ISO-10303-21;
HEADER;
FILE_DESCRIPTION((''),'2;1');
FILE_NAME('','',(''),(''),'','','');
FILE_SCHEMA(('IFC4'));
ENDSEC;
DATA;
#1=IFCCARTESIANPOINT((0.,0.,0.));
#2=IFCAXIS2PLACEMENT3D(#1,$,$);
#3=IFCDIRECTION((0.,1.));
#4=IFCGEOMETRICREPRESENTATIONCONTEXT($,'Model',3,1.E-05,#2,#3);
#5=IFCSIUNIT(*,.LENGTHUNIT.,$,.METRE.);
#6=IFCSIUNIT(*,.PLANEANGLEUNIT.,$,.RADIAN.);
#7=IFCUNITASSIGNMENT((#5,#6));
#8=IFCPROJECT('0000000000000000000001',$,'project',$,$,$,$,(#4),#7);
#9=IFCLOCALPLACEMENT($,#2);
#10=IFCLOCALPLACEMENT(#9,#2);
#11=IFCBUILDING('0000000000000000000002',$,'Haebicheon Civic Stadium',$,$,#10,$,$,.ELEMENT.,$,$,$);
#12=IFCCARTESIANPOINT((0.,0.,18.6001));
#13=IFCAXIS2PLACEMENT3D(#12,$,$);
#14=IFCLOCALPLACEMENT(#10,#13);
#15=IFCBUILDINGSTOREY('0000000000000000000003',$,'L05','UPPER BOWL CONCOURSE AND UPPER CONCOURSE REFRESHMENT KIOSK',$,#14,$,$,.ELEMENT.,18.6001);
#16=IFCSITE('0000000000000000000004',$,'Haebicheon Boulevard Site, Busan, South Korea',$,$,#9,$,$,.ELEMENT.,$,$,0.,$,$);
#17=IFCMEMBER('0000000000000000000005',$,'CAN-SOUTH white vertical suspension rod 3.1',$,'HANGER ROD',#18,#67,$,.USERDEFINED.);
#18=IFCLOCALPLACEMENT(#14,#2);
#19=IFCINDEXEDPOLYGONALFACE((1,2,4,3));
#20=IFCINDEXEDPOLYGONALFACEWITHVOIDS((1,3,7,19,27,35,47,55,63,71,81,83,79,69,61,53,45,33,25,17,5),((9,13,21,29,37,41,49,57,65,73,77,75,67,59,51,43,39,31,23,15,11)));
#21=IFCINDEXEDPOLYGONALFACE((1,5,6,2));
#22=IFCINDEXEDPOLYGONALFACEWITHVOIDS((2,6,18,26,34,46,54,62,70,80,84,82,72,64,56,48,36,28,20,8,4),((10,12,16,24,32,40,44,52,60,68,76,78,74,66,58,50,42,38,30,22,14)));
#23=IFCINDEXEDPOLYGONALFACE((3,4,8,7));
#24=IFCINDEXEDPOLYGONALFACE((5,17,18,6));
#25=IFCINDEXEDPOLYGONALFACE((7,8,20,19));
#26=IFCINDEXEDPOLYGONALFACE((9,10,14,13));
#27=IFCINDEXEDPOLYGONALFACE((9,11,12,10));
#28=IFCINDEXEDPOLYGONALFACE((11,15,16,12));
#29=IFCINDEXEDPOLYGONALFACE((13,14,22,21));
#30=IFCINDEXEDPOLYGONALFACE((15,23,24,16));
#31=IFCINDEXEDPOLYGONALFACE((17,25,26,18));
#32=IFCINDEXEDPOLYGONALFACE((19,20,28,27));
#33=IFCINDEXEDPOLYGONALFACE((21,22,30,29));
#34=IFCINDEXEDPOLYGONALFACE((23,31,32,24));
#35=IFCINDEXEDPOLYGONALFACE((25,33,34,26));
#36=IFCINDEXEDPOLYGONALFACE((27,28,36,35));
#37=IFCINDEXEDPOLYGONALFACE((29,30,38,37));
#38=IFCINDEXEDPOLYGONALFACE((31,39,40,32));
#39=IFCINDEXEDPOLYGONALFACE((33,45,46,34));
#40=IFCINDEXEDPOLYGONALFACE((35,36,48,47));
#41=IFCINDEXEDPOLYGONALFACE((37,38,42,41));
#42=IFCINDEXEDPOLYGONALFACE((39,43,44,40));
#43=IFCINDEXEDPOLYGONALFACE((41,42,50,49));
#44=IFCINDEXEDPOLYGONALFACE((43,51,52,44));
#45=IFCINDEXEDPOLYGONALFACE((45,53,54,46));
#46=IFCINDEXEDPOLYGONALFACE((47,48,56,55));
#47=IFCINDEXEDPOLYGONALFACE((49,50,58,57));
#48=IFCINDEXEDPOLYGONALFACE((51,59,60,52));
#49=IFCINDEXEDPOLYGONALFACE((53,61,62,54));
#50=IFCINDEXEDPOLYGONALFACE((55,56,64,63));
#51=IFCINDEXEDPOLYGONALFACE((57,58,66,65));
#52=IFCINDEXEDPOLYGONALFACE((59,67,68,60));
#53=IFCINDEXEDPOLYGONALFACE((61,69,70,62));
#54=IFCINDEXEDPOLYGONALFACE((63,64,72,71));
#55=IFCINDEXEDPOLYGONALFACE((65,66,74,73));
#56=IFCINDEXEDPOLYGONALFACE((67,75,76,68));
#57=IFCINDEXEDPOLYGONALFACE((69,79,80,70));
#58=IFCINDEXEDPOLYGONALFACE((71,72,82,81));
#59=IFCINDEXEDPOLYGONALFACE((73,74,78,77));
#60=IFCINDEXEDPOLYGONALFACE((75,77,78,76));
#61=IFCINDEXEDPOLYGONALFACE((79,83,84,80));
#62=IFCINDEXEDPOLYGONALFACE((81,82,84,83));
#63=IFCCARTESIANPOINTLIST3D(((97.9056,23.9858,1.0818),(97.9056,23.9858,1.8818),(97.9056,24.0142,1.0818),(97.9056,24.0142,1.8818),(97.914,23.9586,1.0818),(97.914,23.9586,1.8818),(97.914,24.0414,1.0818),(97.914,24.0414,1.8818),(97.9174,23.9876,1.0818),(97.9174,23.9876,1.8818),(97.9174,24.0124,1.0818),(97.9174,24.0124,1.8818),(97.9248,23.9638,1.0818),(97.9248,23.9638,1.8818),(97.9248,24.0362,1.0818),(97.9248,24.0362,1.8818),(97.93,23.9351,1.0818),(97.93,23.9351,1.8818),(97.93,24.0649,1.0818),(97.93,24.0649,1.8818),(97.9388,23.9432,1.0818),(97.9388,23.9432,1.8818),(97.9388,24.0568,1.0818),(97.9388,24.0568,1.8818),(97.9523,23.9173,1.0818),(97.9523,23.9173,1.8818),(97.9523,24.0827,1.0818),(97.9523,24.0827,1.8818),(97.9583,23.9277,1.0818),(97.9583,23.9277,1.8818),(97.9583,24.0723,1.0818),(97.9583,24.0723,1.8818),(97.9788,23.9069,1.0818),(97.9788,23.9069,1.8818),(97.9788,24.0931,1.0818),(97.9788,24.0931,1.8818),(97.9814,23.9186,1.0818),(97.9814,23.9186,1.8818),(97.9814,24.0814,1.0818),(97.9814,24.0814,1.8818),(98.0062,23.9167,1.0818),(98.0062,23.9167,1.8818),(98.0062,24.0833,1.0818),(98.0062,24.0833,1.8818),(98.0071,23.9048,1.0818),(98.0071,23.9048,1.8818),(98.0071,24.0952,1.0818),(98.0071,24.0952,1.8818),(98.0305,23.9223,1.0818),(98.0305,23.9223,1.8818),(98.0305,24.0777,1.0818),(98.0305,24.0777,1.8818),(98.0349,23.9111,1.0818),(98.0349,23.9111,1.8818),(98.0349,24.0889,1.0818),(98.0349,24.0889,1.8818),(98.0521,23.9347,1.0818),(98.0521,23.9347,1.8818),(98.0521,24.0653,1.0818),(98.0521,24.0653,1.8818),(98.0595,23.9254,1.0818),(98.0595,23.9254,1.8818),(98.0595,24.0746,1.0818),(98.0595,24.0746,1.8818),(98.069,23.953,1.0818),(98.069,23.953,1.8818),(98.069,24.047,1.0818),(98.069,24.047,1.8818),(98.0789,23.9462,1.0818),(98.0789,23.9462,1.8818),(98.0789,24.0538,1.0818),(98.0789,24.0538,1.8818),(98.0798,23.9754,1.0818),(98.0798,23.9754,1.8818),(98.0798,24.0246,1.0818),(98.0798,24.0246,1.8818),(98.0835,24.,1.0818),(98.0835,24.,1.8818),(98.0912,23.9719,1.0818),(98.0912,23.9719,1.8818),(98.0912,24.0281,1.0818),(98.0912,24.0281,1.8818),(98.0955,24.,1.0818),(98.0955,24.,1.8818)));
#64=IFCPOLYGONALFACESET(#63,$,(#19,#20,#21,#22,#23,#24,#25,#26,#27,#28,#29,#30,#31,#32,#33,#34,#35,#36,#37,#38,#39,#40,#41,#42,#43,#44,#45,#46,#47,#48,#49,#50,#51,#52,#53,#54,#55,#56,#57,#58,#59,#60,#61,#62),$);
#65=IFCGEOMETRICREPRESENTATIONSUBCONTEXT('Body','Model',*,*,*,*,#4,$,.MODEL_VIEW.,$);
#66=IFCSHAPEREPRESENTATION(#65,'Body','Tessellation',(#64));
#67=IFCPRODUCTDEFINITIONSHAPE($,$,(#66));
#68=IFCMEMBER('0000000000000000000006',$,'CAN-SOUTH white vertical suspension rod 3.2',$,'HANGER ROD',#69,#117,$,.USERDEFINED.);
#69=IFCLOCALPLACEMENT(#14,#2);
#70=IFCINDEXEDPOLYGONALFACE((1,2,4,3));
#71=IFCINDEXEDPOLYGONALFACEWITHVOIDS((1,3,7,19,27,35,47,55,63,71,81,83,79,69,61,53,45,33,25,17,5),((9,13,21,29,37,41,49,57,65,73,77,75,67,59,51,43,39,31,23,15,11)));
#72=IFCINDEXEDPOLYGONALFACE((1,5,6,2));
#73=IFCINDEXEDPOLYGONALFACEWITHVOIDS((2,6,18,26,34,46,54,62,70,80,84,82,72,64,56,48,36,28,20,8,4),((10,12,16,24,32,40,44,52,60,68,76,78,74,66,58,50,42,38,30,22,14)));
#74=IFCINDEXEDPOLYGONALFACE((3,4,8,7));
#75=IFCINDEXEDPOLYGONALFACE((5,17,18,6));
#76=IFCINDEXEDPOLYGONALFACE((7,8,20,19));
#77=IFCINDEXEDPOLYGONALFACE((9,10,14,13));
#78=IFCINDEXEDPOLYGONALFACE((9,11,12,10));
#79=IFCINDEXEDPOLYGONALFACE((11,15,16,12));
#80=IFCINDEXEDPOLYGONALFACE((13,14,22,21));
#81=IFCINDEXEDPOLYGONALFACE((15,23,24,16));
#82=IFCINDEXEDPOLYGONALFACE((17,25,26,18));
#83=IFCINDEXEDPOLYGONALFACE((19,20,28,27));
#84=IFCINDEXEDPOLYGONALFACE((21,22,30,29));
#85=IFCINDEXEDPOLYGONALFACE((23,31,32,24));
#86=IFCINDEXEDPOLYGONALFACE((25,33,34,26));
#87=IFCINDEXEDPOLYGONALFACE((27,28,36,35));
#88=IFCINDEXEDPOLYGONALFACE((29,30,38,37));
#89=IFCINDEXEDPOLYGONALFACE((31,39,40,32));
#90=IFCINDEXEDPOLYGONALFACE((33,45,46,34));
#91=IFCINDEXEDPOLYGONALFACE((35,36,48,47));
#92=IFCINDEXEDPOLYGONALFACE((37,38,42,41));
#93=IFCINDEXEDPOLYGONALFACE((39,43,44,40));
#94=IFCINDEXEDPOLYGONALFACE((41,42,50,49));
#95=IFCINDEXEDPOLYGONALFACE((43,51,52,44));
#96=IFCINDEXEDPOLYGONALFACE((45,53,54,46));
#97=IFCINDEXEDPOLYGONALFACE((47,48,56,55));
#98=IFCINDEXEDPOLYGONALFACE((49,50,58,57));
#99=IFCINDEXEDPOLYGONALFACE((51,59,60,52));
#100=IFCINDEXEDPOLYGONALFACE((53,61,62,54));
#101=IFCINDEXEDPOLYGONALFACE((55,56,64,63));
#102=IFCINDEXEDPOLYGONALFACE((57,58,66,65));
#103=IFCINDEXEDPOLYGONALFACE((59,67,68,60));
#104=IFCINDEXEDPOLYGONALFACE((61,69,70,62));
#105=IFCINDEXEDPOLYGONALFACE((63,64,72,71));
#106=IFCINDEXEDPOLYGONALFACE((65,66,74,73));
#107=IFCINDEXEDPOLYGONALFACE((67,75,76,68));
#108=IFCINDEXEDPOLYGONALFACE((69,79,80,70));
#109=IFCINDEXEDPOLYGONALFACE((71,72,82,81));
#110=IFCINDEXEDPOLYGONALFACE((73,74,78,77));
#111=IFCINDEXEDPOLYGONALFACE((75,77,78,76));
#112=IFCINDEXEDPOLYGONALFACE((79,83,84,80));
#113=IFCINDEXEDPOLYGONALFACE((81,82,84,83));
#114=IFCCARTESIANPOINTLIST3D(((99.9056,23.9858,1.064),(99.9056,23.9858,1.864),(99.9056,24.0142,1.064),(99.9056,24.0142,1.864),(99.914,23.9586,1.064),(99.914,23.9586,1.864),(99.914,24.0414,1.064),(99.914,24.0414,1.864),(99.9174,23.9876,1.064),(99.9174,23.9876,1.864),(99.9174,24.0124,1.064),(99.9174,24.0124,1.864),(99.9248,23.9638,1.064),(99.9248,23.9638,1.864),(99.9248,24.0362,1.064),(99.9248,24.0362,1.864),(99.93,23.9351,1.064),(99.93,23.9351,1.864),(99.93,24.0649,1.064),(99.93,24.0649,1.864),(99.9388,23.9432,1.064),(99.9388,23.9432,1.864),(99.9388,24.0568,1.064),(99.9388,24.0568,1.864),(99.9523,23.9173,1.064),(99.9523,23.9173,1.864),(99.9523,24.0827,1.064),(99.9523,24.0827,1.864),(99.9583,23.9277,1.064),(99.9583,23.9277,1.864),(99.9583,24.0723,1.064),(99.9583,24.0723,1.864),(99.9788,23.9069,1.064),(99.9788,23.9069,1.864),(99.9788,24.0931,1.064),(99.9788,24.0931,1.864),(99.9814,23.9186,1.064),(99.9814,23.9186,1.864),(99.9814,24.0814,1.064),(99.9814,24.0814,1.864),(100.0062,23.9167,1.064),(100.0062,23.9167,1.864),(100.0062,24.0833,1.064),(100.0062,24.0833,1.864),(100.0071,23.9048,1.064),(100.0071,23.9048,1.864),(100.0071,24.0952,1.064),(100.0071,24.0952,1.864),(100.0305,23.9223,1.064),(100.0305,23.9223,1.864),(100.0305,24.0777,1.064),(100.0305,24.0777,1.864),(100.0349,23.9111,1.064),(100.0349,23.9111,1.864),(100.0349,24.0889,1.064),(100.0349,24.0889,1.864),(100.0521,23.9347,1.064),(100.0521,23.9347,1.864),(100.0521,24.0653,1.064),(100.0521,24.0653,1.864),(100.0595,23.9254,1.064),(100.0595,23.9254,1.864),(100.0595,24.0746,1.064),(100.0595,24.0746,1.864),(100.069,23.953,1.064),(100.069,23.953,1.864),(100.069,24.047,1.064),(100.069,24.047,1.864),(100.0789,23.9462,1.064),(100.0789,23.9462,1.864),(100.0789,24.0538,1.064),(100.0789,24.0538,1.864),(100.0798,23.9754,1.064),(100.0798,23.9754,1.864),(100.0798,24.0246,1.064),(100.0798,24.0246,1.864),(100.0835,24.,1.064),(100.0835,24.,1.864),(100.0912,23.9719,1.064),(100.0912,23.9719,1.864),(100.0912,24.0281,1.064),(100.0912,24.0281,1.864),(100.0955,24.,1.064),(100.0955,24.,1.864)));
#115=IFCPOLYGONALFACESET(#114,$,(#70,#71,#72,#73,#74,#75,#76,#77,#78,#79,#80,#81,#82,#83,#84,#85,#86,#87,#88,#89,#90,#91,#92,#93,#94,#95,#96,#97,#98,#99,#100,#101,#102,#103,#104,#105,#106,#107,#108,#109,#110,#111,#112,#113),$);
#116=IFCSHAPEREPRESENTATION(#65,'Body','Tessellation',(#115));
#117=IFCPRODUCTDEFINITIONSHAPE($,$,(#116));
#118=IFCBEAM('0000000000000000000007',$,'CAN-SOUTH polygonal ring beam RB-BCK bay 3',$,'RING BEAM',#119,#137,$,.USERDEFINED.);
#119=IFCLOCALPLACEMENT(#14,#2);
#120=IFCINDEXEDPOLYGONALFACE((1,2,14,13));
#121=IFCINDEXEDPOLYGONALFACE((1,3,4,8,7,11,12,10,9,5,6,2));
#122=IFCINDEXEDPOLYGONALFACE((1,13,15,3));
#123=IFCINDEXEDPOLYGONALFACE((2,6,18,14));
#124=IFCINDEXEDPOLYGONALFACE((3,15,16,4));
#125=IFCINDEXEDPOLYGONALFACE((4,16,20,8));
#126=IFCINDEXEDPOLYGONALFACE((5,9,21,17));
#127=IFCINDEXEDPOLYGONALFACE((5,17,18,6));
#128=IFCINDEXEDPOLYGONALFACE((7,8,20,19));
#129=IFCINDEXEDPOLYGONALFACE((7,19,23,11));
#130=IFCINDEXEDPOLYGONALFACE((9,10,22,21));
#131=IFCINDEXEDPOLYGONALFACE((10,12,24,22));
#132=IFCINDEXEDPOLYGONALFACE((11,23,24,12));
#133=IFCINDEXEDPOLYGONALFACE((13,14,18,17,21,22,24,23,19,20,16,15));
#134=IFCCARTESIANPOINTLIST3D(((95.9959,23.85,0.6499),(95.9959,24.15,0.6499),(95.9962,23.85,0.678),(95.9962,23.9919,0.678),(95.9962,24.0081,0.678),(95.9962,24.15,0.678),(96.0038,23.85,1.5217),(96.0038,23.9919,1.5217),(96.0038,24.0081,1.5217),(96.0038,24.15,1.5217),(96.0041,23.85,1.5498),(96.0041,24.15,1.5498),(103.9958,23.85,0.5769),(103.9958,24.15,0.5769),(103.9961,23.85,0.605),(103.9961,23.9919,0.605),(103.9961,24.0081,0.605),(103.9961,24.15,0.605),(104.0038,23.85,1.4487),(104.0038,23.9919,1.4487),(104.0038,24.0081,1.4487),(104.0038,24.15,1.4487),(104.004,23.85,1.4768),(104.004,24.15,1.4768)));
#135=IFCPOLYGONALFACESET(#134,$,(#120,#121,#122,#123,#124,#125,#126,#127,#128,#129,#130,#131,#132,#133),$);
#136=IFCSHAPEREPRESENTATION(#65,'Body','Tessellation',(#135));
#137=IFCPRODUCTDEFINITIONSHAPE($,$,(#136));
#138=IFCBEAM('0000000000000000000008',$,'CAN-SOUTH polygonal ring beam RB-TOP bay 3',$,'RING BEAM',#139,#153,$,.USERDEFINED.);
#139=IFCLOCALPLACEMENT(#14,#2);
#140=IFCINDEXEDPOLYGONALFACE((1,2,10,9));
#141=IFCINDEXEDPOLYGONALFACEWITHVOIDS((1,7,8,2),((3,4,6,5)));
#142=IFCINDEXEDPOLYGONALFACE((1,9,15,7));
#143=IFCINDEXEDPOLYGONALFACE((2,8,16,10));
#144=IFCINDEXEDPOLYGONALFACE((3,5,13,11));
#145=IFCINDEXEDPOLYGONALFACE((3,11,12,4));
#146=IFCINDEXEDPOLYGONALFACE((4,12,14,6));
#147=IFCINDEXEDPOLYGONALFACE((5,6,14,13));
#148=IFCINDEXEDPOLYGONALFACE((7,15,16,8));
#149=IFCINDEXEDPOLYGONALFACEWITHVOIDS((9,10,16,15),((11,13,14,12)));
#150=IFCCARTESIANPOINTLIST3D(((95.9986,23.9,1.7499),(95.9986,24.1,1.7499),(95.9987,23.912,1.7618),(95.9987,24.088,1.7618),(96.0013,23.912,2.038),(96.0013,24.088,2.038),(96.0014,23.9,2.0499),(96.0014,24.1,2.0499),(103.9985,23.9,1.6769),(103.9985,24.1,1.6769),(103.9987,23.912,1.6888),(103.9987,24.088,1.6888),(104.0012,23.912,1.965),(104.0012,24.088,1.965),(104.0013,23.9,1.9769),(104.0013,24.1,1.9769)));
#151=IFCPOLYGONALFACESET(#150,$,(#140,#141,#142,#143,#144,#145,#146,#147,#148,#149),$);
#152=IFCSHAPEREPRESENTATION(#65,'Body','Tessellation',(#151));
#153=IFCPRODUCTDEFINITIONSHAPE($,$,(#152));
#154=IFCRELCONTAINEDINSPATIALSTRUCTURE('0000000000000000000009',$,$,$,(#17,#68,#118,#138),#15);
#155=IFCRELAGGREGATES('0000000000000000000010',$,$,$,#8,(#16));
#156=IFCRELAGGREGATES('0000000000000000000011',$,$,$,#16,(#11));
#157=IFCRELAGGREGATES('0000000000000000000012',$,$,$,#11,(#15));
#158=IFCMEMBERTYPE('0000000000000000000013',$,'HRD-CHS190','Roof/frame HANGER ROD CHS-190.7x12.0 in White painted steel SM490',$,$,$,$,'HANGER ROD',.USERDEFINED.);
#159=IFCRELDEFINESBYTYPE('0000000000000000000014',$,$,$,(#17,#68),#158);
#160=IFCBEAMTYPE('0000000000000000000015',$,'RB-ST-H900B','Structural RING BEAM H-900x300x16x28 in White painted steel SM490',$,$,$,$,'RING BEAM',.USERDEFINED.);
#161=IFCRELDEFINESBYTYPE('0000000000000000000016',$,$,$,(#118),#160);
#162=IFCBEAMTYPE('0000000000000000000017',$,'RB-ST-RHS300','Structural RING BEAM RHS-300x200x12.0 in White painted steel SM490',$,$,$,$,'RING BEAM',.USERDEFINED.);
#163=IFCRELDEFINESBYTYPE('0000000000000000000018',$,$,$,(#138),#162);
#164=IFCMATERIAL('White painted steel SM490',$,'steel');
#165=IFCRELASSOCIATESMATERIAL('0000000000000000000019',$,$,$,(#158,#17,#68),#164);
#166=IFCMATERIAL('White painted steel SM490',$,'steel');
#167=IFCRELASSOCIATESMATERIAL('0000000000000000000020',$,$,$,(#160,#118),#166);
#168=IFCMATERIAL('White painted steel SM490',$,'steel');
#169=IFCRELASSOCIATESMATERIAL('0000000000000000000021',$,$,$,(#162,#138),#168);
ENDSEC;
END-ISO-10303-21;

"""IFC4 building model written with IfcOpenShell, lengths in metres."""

from ifc_helpers import new_model, si_unit, direction, frame, origin, origin_2d, place, context, subcontext, project, spatial, hollow_rectangle, hollow_circle, i_section, extrude, material, material_profile, profile_set, type_object, element, save


model = new_model("IFC4")

# Units and contexts
model_context = context("Model", 3, precision=1e-05, world=origin(), true_north=direction((0.0, 1.0)))
body_context = subcontext(model_context, "Body", "Model", "MODEL_VIEW")
ifc_project = project(units=[si_unit("LENGTHUNIT", "METRE"), si_unit("PLANEANGLEUNIT", "RADIAN")], contexts=[model_context])

# Site, building, storey
site_placement = place(None, origin())
site = spatial("IfcSite", under=ifc_project, at=site_placement, Name="Haebicheon Boulevard Site, Busan, South Korea", CompositionType="ELEMENT", RefElevation=0.0)
building_placement = place(site_placement, origin())
building = spatial("IfcBuilding", under=site, at=building_placement, Name="Haebicheon Civic Stadium", CompositionType="ELEMENT")
storey_placement = place(building_placement, frame((0.0, 0.0, 18.6001)))
storey = spatial("IfcBuildingStorey", under=building, at=storey_placement, Name="L05", Description="UPPER BOWL CONCOURSE AND UPPER CONCOURSE REFRESHMENT KIOSK", CompositionType="ELEMENT", Elevation=18.6001)

# Members
ifc_material_1 = material(Name="White painted steel SM490", Category="steel")
ifc_material_profile_1 = material_profile(ifc_material_1, hollow_circle(Radius=0.0955, WallThickness=0.012, at=origin_2d()), Name="CHS-190.7x12.0")
ifc_profile_set_1 = profile_set([ifc_material_profile_1], Name="White painted steel SM490")
member_type_1 = type_object("IfcMemberType", Name="HRD-CHS190", Description="Roof/frame HANGER ROD CHS-190.7x12.0 in White painted steel SM490", ElementType="HANGER ROD", PredefinedType="USERDEFINED", material=ifc_profile_set_1)
for number, where, z_axis, x_axis, name in (
    (1, (98.0, 24.0, 1.0818), (0.0, 0.0, 1.0), (1.0, 0.0, 0.0), "CAN-SOUTH white vertical suspension rod 3.1"),
    (2, (100.0, 24.0, 1.064), (0.0, 0.0, 1.0), (1.0, 0.0, 0.0), "CAN-SOUTH white vertical suspension rod 3.2"),
):
    element("IfcMember", number, at=place(storey_placement, frame(where, z_axis=z_axis, x_axis=x_axis)), inside=storey, type_object=member_type_1, material=ifc_profile_set_1, Name=name, ObjectType="HANGER ROD", PredefinedType="USERDEFINED", context=body_context, shape_type="SweptSolid", body=[
        extrude(hollow_circle(Radius=0.0955, WallThickness=0.012, at=origin_2d()), origin(), (0.0, 0.0, 1.0), 0.8),
    ])

# Beams
ifc_material_2 = material(Name="White painted steel SM490", Category="steel")
ifc_material_profile_2 = material_profile(ifc_material_2, i_section(OverallWidth=0.3, OverallDepth=0.8999, WebThickness=0.0161, FlangeThickness=0.0281, at=origin_2d()), Name="H-900x300x16x28")
ifc_profile_set_2 = profile_set([ifc_material_profile_2], Name="White painted steel SM490")
beam_type_1 = type_object("IfcBeamType", Name="RB-ST-H900B", Description="Structural RING BEAM H-900x300x16x28 in White painted steel SM490", ElementType="RING BEAM", PredefinedType="USERDEFINED", material=ifc_profile_set_2)
beam_1_placement = place(storey_placement, frame((96.0, 24.0, 1.0999), z_axis=(0.999958, 0.0, -0.009124), x_axis=(0.0, 1.0, 0.0)))
element("IfcBeam", 3, at=beam_1_placement, inside=storey, type_object=beam_type_1, material=ifc_profile_set_2, Name="CAN-SOUTH polygonal ring beam RB-BCK bay 3", ObjectType="RING BEAM", PredefinedType="USERDEFINED", context=body_context, shape_type="SweptSolid", body=[
    extrude(i_section(OverallWidth=0.3, OverallDepth=0.8999, WebThickness=0.0161, FlangeThickness=0.0281, at=origin_2d()), origin(), (0.0, 0.0, 1.0), 8.0002),
])
ifc_material_3 = material(Name="White painted steel SM490", Category="steel")
ifc_material_profile_3 = material_profile(ifc_material_3, hollow_rectangle(XDim=0.2, YDim=0.3, WallThickness=0.012, at=origin_2d()), Name="RHS-300x200x12.0")
ifc_profile_set_3 = profile_set([ifc_material_profile_3], Name="White painted steel SM490")
beam_type_2 = type_object("IfcBeamType", Name="RB-ST-RHS300", Description="Structural RING BEAM RHS-300x200x12.0 in White painted steel SM490", ElementType="RING BEAM", PredefinedType="USERDEFINED", material=ifc_profile_set_3)
beam_2_placement = place(storey_placement, frame((96.0, 24.0, 1.8999), z_axis=(0.999958, 0.0, -0.009124), x_axis=(0.0, 1.0, 0.0)))
element("IfcBeam", 4, at=beam_2_placement, inside=storey, type_object=beam_type_2, material=ifc_profile_set_3, Name="CAN-SOUTH polygonal ring beam RB-TOP bay 3", ObjectType="RING BEAM", PredefinedType="USERDEFINED", context=body_context, shape_type="SweptSolid", body=[
    extrude(hollow_rectangle(XDim=0.2, YDim=0.3, WallThickness=0.012, at=origin_2d()), origin(), (0.0, 0.0, 1.0), 8.0002),
])

save(model, "model.ifc")
